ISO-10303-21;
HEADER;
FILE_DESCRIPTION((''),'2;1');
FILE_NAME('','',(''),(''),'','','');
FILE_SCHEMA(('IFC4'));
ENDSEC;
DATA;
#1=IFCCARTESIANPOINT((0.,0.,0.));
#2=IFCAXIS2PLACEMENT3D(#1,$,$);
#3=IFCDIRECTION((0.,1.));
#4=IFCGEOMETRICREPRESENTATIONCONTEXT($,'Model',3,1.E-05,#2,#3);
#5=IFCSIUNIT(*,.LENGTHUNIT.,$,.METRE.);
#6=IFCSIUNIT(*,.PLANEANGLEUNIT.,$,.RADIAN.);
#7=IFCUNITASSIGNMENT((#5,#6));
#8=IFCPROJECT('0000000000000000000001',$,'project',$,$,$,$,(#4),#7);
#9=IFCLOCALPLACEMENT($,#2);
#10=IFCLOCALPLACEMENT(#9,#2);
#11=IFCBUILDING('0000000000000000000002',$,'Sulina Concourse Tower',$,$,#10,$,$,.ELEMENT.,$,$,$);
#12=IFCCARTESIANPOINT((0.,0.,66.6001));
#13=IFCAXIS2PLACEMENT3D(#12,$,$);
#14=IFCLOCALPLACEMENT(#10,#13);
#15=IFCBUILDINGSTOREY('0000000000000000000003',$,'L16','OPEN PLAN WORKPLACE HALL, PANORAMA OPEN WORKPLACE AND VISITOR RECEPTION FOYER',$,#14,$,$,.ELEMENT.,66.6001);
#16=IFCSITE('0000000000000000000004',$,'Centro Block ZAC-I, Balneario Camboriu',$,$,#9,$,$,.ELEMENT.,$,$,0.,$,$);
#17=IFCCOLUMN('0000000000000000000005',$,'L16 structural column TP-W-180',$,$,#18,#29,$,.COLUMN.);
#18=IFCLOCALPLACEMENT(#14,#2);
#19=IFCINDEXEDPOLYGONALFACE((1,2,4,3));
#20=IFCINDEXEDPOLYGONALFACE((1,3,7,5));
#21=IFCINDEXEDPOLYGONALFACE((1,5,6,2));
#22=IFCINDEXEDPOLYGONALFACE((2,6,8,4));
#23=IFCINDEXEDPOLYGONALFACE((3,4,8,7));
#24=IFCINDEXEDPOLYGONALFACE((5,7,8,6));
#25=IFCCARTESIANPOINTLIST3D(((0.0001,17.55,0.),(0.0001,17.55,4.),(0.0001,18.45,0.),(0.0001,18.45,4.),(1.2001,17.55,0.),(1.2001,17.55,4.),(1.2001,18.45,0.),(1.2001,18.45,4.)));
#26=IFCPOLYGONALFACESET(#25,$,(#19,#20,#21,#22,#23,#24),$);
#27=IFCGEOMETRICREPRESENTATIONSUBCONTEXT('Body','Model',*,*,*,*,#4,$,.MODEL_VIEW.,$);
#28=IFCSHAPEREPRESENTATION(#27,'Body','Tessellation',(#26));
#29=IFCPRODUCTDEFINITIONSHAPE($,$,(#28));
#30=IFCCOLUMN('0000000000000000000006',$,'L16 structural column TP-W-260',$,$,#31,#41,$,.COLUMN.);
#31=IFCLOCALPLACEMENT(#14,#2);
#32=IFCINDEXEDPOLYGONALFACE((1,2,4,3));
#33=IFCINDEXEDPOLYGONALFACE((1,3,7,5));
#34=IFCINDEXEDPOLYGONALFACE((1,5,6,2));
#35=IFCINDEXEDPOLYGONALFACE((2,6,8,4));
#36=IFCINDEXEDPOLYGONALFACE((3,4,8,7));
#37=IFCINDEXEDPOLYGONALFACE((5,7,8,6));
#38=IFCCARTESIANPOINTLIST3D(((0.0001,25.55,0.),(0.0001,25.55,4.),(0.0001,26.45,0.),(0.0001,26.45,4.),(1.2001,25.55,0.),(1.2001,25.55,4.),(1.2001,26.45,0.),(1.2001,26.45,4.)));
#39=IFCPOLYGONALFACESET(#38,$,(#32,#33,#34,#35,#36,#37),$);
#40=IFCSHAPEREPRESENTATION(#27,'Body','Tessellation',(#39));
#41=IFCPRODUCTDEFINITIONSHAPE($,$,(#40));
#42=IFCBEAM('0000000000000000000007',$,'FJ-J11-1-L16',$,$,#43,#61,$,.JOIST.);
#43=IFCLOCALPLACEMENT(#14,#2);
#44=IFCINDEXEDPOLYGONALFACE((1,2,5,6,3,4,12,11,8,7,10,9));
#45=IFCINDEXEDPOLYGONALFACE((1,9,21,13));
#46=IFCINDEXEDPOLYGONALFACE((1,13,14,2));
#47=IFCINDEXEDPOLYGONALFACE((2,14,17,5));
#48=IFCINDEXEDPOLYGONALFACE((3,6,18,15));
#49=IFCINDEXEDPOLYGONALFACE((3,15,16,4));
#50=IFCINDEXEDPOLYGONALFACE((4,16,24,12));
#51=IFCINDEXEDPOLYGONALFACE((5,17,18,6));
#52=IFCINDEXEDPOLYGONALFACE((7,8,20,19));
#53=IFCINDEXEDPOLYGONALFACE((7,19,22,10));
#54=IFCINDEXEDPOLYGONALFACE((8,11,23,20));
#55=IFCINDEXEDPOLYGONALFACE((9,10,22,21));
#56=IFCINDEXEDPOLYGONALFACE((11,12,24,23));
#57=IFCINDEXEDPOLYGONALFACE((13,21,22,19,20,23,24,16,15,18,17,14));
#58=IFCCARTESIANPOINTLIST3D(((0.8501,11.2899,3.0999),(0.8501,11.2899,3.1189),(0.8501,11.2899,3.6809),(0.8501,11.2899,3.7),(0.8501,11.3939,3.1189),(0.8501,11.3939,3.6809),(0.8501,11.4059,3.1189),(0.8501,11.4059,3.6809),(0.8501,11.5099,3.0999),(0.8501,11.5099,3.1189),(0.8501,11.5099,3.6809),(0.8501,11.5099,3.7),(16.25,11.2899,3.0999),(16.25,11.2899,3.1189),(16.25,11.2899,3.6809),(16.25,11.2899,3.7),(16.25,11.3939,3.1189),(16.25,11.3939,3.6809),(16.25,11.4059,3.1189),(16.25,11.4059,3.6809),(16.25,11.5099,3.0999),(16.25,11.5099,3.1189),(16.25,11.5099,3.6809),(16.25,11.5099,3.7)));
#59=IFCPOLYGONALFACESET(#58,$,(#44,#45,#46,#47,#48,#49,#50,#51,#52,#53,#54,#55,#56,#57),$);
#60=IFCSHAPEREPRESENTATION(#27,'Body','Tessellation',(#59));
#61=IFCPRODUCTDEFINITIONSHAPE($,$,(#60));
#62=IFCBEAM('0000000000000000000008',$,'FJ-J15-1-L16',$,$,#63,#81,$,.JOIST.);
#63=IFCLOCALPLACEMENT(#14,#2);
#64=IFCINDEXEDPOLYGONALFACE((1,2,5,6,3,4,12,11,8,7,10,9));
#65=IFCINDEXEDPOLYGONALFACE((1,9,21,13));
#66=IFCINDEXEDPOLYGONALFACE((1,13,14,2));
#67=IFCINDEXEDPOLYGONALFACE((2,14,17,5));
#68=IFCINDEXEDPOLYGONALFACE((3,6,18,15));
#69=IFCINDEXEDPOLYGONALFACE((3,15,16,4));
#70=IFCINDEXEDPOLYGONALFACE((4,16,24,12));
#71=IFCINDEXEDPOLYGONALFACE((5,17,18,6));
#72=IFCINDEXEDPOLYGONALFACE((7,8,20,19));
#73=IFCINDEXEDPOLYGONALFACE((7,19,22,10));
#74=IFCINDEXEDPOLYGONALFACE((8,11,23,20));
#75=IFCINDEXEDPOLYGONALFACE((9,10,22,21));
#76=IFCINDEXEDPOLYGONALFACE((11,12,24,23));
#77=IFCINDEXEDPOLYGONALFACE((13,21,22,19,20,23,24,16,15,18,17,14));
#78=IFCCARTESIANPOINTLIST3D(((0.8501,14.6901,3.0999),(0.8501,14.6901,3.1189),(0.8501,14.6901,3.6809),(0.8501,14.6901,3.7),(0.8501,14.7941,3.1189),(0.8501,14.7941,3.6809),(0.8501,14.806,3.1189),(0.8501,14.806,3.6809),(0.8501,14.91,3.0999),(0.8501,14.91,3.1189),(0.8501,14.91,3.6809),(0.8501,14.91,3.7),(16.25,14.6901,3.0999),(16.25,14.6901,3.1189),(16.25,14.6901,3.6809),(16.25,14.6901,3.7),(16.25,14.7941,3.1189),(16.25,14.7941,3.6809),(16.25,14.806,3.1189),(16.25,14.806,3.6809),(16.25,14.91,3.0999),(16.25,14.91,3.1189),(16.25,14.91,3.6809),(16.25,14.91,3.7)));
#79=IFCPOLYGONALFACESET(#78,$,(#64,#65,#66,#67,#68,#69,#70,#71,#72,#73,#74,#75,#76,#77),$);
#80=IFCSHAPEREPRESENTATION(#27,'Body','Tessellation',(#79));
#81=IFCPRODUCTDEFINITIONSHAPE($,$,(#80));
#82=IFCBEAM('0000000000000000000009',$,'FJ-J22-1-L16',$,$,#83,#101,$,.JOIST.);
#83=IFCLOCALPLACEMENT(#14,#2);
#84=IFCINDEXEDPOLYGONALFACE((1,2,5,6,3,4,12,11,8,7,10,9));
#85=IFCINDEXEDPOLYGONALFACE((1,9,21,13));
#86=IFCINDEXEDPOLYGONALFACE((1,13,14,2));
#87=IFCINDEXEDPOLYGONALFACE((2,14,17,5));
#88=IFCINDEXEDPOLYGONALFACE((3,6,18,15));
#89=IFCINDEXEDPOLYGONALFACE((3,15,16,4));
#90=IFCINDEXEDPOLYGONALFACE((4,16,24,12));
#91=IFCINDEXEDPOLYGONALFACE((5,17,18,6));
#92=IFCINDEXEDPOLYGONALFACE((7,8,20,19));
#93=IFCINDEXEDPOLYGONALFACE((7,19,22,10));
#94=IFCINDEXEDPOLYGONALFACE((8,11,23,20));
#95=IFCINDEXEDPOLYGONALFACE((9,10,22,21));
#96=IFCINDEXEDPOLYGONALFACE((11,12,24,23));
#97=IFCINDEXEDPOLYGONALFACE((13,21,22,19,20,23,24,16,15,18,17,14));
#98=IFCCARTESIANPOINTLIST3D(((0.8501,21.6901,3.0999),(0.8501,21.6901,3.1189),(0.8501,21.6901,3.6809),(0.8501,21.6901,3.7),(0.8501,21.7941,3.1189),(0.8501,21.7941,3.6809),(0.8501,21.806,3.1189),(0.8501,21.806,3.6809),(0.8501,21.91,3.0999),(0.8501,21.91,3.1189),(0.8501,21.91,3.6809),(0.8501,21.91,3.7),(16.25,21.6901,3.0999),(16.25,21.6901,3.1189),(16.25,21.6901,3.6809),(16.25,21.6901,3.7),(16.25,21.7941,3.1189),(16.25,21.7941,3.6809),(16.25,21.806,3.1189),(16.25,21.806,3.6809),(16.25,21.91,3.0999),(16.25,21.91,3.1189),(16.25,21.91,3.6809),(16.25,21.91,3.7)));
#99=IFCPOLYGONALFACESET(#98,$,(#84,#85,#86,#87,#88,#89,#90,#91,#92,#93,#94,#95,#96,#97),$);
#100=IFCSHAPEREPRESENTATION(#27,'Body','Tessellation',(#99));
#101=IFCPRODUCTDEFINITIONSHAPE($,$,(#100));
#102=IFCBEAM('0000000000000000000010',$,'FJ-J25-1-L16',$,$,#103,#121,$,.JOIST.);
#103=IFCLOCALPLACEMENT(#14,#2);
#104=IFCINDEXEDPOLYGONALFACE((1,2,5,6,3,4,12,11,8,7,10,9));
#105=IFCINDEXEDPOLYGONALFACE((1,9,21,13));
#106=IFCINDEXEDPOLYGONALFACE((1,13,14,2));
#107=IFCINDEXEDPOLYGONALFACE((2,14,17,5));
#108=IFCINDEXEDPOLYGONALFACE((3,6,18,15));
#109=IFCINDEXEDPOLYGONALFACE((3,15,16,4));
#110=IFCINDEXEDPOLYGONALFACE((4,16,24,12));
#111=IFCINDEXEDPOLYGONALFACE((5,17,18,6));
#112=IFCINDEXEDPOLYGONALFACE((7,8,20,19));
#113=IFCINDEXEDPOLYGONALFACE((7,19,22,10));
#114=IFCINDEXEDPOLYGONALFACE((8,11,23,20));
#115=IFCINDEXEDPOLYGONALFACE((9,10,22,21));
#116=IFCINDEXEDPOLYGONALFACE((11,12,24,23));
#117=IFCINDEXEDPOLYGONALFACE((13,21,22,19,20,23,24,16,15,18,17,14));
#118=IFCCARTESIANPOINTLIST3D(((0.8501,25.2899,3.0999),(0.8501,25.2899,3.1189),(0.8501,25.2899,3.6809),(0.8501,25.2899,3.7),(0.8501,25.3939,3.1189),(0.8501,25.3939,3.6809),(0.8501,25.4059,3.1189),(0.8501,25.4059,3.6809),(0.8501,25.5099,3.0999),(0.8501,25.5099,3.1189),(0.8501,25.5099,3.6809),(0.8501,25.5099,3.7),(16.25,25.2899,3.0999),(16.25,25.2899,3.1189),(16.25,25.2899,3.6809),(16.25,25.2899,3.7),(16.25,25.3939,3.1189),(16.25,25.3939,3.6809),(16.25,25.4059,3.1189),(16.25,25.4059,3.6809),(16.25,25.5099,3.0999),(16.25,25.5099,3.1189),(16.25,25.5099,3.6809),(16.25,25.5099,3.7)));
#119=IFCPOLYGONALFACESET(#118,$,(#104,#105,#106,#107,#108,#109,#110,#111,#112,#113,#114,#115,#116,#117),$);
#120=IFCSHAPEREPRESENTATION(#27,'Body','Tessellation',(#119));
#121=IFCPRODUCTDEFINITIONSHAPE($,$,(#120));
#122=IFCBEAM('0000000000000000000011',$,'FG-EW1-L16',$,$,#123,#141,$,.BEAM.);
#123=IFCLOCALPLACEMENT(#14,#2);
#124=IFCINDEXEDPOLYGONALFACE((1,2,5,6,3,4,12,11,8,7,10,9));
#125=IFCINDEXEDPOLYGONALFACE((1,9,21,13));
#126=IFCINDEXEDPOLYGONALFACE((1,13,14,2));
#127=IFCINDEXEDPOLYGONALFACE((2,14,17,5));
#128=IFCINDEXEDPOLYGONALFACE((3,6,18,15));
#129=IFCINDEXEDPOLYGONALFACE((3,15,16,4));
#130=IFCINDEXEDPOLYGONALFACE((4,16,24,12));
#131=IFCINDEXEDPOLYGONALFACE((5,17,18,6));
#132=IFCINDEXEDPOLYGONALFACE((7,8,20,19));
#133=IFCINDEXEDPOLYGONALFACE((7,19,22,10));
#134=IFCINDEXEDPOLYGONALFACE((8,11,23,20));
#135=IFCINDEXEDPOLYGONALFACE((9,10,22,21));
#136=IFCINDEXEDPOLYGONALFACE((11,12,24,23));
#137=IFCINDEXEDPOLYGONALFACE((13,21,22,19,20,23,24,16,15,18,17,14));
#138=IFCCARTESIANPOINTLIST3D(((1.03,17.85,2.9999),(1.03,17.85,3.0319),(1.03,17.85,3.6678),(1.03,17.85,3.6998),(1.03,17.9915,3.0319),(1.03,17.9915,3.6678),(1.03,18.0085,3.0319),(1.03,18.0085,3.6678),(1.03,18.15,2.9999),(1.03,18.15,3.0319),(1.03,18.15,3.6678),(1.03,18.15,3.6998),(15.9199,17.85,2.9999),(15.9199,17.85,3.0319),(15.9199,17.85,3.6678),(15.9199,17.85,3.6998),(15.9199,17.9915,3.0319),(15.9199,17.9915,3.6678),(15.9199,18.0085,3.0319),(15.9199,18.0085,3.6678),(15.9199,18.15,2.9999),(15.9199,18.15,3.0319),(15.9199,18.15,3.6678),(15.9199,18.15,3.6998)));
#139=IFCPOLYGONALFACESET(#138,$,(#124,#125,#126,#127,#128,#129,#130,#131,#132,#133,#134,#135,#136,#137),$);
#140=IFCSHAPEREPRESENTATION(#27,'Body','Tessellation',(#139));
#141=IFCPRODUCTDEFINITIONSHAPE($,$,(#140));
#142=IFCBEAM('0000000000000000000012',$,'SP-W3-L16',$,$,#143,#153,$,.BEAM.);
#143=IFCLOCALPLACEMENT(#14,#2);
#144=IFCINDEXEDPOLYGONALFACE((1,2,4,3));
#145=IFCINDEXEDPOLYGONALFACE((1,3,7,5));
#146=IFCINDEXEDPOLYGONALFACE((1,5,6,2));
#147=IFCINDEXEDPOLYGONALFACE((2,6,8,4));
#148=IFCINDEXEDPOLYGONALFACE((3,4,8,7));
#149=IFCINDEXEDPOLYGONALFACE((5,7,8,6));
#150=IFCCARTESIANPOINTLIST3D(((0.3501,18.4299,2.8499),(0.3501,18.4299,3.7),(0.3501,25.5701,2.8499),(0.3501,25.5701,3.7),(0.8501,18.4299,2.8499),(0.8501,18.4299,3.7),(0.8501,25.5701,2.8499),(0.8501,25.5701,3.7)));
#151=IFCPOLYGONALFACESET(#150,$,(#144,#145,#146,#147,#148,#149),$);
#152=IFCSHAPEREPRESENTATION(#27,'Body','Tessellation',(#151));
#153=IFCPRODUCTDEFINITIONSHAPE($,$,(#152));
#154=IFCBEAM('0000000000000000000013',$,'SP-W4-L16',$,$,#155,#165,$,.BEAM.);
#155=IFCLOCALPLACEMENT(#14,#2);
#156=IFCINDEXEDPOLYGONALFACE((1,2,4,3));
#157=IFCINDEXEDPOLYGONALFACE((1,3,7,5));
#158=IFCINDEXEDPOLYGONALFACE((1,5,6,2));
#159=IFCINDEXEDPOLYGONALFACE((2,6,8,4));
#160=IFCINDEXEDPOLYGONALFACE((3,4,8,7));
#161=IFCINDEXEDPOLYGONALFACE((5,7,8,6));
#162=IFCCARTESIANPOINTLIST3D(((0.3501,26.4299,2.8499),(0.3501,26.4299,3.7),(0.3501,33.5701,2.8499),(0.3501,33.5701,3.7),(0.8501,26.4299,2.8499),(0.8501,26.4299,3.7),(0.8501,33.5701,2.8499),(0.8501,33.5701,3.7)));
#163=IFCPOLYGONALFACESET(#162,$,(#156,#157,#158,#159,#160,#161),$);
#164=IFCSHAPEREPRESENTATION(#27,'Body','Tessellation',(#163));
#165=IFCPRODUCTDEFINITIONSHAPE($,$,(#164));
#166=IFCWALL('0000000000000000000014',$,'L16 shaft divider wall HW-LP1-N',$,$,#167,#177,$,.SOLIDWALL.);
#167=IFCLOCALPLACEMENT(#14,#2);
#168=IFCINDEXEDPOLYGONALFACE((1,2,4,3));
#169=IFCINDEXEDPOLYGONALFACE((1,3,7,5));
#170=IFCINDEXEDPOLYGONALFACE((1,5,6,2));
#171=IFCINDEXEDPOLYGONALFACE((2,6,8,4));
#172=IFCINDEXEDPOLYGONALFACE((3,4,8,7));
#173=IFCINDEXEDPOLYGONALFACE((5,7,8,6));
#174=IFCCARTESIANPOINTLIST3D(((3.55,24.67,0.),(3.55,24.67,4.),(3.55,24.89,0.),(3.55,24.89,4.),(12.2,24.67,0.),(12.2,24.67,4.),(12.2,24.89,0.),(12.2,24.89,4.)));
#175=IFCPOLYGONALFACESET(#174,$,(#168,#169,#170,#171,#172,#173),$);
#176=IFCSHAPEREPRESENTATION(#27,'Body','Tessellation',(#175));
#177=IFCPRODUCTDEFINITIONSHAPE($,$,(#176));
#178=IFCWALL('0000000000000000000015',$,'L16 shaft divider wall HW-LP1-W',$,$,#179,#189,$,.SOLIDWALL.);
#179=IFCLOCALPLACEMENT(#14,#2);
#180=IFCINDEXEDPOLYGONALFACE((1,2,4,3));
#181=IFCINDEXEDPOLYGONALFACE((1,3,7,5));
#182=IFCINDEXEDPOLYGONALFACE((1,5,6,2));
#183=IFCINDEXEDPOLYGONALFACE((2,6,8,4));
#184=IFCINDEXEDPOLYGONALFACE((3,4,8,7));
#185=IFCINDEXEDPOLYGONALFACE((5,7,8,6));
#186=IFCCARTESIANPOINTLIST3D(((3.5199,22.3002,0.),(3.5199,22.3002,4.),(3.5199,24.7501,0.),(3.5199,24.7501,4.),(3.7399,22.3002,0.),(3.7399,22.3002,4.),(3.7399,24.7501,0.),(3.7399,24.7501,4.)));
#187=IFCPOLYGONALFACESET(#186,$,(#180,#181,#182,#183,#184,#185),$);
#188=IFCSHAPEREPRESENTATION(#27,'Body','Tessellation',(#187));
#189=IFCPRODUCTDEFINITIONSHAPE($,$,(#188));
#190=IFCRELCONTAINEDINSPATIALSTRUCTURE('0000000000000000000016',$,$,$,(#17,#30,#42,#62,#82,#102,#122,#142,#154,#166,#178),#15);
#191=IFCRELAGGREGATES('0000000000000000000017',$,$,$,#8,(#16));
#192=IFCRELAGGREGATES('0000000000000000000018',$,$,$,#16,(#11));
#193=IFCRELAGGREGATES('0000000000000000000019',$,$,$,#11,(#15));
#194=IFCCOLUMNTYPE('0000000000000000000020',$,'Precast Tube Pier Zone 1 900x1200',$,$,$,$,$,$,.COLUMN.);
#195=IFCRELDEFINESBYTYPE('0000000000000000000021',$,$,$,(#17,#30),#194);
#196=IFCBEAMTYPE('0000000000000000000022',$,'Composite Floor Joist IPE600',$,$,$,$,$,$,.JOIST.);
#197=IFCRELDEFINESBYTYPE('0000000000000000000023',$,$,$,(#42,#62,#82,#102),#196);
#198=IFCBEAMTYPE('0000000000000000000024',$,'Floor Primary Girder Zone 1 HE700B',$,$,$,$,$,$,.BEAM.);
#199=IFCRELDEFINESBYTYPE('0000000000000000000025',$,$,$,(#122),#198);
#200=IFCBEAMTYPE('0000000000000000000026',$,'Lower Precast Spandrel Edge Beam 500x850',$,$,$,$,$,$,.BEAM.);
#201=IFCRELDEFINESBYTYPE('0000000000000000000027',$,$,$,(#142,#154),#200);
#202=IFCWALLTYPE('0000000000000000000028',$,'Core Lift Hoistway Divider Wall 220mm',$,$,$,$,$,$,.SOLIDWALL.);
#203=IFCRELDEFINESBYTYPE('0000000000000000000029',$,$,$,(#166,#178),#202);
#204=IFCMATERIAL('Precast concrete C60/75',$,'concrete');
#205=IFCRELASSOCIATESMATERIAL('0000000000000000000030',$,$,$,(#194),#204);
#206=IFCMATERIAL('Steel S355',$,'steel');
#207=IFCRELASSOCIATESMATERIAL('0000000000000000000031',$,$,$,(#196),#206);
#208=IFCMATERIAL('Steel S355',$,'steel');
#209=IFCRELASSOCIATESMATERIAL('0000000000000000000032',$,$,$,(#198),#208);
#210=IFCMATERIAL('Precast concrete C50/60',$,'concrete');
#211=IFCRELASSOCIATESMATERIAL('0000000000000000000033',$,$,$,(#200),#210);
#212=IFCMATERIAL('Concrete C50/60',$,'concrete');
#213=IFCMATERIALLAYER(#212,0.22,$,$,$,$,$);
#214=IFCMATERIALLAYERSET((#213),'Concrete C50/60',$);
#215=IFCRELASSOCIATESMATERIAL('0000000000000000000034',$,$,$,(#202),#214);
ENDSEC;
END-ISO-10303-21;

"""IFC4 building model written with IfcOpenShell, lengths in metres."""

from ifc_helpers import new_model, si_unit, direction, frame, frame_2d, origin, origin_2d, place, context, subcontext, project, spatial, rectangle, i_section, extrude, material, layer, layer_set, material_profile, profile_set, type_object, element, save


model = new_model("IFC4")

# Units and contexts
model_context = context("Model", 3, precision=1e-05, world=origin(), true_north=direction((0.0, 1.0)))
body_context = subcontext(model_context, "Body", "Model", "MODEL_VIEW")
ifc_project = project(units=[si_unit("LENGTHUNIT", "METRE"), si_unit("PLANEANGLEUNIT", "RADIAN")], contexts=[model_context])

# Site, building, storey
site_placement = place(None, origin())
site = spatial("IfcSite", under=ifc_project, at=site_placement, Name="Centro Block ZAC-I, Balneario Camboriu", CompositionType="ELEMENT", RefElevation=0.0)
building_placement = place(site_placement, origin())
building = spatial("IfcBuilding", under=site, at=building_placement, Name="Sulina Concourse Tower", CompositionType="ELEMENT")
storey_placement = place(building_placement, frame((0.0, 0.0, 66.6001)))
storey = spatial("IfcBuildingStorey", under=building, at=storey_placement, Name="L16", Description="OPEN PLAN WORKPLACE HALL, PANORAMA OPEN WORKPLACE AND VISITOR RECEPTION FOYER", CompositionType="ELEMENT", Elevation=66.6001)

# Columns
ifc_material_1 = material(Name="Precast concrete C60/75", Category="concrete")
ifc_material_profile_1 = material_profile(ifc_material_1, rectangle(XDim=0.8999, YDim=1.2, at=origin_2d()), Name="PC 900x1200")
ifc_profile_set_1 = profile_set([ifc_material_profile_1], Name="Precast concrete C60/75")
column_type = type_object("IfcColumnType", Name="Precast Tube Pier Zone 1 900x1200", PredefinedType="COLUMN", material=ifc_profile_set_1)
for number, where, z_axis, x_axis, name in (
    (1, (0.6001, 18.0, 0.0), (0.0, 0.0, 1.0), (0.0, 1.0, 0.0), "L16 structural column TP-W-180"),
    (2, (0.6001, 26.0, 0.0), (0.0, 0.0, 1.0), (0.0, 1.0, 0.0), "L16 structural column TP-W-260"),
):
    element("IfcColumn", number, at=place(storey_placement, frame(where, z_axis=z_axis, x_axis=x_axis)), inside=storey, type_object=column_type, Name=name, PredefinedType="COLUMN", context=body_context, shape_type="SweptSolid", body=[
        extrude(rectangle(XDim=0.8999, YDim=1.2, at=origin_2d()), origin(), (0.0, 0.0, 1.0), 4.0),
    ])

# Beams
ifc_material_2 = material(Name="Steel S355", Category="steel")
ifc_material_profile_2 = material_profile(ifc_material_2, i_section(OverallWidth=0.22, OverallDepth=0.6001, WebThickness=0.012, FlangeThickness=0.019, at=origin_2d()), Name="IPE 600")
ifc_profile_set_2 = profile_set([ifc_material_profile_2], Name="Steel S355")
beam_type_1 = type_object("IfcBeamType", Name="Composite Floor Joist IPE600", PredefinedType="JOIST", material=ifc_profile_set_2)
for number, where, z_axis, x_axis, name in (
    (3, (0.8501, 11.3999, 3.3999), (1.0, 0.0, 0.0), (0.0, 1.0, 0.0), "FJ-J11-1-L16"),
    (4, (0.8501, 14.8, 3.3999), (1.0, 0.0, 0.0), (0.0, 1.0, 0.0), "FJ-J15-1-L16"),
    (5, (0.8501, 21.8, 3.3999), (1.0, 0.0, 0.0), (0.0, 1.0, 0.0), "FJ-J22-1-L16"),
    (6, (0.8501, 25.3999, 3.3999), (1.0, 0.0, 0.0), (0.0, 1.0, 0.0), "FJ-J25-1-L16"),
):
    element("IfcBeam", number, at=place(storey_placement, frame(where, z_axis=z_axis, x_axis=x_axis)), inside=storey, type_object=beam_type_1, Name=name, PredefinedType="JOIST", context=body_context, shape_type="SweptSolid", body=[
        extrude(i_section(OverallWidth=0.22, OverallDepth=0.6001, WebThickness=0.012, FlangeThickness=0.019, at=origin_2d()), origin(), (0.0, 0.0, 1.0), 15.3999),
    ])
ifc_material_3 = material(Name="Steel S355", Category="steel")
ifc_material_profile_3 = material_profile(ifc_material_3, i_section(OverallWidth=0.3, OverallDepth=0.7, WebThickness=0.0171, FlangeThickness=0.032, at=origin_2d()), Name="HE 700 B")
ifc_profile_set_3 = profile_set([ifc_material_profile_3], Name="Steel S355")
beam_type_2 = type_object("IfcBeamType", Name="Floor Primary Girder Zone 1 HE700B", PredefinedType="BEAM", material=ifc_profile_set_3)
beam_placement = place(storey_placement, frame((1.03, 18.0, 3.3499), z_axis=(1.0, 0.0, 0.0), x_axis=(0.0, 1.0, 0.0)))
element("IfcBeam", 7, at=beam_placement, inside=storey, type_object=beam_type_2, Name="FG-EW1-L16", PredefinedType="BEAM", context=body_context, shape_type="SweptSolid", body=[
    extrude(i_section(OverallWidth=0.3, OverallDepth=0.7, WebThickness=0.0171, FlangeThickness=0.032, at=origin_2d()), origin(), (0.0, 0.0, 1.0), 14.8899),
])
ifc_material_4 = material(Name="Precast concrete C50/60", Category="concrete")
ifc_material_profile_4 = material_profile(ifc_material_4, rectangle(XDim=0.5, YDim=0.8501, at=origin_2d()), Name="RC 500x850")
ifc_profile_set_4 = profile_set([ifc_material_profile_4], Name="Precast concrete C50/60")
beam_type_3 = type_object("IfcBeamType", Name="Lower Precast Spandrel Edge Beam 500x850", PredefinedType="BEAM", material=ifc_profile_set_4)
for number, where, z_axis, x_axis, name in (
    (8, (0.6001, 18.4299, 3.2749), (0.0, 1.0, 0.0), (-1.0, 0.0, 0.0), "SP-W3-L16"),
    (9, (0.6001, 26.4299, 3.2749), (0.0, 1.0, 0.0), (-1.0, 0.0, 0.0), "SP-W4-L16"),
):
    element("IfcBeam", number, at=place(storey_placement, frame(where, z_axis=z_axis, x_axis=x_axis)), inside=storey, type_object=beam_type_3, Name=name, PredefinedType="BEAM", context=body_context, shape_type="SweptSolid", body=[
        extrude(rectangle(XDim=0.5, YDim=0.8501, at=origin_2d()), origin(), (0.0, 0.0, 1.0), 7.1401),
    ])

# Walls
ifc_material_5 = material(Name="Concrete C50/60", Category="concrete")
ifc_layer_1 = layer(ifc_material_5, 0.22)
ifc_layer_set_1 = layer_set([ifc_layer_1], Name="Concrete C50/60")
wall_type_1 = type_object("IfcWallType", Name="Core Lift Hoistway Divider Wall 220mm", PredefinedType="SOLIDWALL", material=ifc_layer_set_1)
wall_1_placement = place(storey_placement, frame((3.55, 24.78, 0.0), z_axis=(0.0, 0.0, 1.0), x_axis=(1.0, 0.0, 0.0)))
element("IfcWall", 10, at=wall_1_placement, inside=storey, type_object=wall_type_1, Name="L16 shaft divider wall HW-LP1-N", PredefinedType="SOLIDWALL", context=body_context, shape_type="SweptSolid", body=[
    extrude(rectangle(XDim=8.6499, YDim=0.22, at=frame_2d((4.325, 0.0))), origin(), (0.0, 0.0, 1.0), 4.0),
])
wall_2_placement = place(storey_placement, frame((3.6299, 22.3, 0.0), z_axis=(0.0, 0.0, 1.0), x_axis=(0.0, 1.0, 0.0)))
element("IfcWall", 11, at=wall_2_placement, inside=storey, type_object=wall_type_1, Name="L16 shaft divider wall HW-LP1-W", PredefinedType="SOLIDWALL", context=body_context, shape_type="SweptSolid", body=[
    extrude(rectangle(XDim=2.45, YDim=0.22, at=frame_2d((1.2251, 0.0))), origin(), (0.0, 0.0, 1.0), 4.0),
])

save(model, "model.ifc")
